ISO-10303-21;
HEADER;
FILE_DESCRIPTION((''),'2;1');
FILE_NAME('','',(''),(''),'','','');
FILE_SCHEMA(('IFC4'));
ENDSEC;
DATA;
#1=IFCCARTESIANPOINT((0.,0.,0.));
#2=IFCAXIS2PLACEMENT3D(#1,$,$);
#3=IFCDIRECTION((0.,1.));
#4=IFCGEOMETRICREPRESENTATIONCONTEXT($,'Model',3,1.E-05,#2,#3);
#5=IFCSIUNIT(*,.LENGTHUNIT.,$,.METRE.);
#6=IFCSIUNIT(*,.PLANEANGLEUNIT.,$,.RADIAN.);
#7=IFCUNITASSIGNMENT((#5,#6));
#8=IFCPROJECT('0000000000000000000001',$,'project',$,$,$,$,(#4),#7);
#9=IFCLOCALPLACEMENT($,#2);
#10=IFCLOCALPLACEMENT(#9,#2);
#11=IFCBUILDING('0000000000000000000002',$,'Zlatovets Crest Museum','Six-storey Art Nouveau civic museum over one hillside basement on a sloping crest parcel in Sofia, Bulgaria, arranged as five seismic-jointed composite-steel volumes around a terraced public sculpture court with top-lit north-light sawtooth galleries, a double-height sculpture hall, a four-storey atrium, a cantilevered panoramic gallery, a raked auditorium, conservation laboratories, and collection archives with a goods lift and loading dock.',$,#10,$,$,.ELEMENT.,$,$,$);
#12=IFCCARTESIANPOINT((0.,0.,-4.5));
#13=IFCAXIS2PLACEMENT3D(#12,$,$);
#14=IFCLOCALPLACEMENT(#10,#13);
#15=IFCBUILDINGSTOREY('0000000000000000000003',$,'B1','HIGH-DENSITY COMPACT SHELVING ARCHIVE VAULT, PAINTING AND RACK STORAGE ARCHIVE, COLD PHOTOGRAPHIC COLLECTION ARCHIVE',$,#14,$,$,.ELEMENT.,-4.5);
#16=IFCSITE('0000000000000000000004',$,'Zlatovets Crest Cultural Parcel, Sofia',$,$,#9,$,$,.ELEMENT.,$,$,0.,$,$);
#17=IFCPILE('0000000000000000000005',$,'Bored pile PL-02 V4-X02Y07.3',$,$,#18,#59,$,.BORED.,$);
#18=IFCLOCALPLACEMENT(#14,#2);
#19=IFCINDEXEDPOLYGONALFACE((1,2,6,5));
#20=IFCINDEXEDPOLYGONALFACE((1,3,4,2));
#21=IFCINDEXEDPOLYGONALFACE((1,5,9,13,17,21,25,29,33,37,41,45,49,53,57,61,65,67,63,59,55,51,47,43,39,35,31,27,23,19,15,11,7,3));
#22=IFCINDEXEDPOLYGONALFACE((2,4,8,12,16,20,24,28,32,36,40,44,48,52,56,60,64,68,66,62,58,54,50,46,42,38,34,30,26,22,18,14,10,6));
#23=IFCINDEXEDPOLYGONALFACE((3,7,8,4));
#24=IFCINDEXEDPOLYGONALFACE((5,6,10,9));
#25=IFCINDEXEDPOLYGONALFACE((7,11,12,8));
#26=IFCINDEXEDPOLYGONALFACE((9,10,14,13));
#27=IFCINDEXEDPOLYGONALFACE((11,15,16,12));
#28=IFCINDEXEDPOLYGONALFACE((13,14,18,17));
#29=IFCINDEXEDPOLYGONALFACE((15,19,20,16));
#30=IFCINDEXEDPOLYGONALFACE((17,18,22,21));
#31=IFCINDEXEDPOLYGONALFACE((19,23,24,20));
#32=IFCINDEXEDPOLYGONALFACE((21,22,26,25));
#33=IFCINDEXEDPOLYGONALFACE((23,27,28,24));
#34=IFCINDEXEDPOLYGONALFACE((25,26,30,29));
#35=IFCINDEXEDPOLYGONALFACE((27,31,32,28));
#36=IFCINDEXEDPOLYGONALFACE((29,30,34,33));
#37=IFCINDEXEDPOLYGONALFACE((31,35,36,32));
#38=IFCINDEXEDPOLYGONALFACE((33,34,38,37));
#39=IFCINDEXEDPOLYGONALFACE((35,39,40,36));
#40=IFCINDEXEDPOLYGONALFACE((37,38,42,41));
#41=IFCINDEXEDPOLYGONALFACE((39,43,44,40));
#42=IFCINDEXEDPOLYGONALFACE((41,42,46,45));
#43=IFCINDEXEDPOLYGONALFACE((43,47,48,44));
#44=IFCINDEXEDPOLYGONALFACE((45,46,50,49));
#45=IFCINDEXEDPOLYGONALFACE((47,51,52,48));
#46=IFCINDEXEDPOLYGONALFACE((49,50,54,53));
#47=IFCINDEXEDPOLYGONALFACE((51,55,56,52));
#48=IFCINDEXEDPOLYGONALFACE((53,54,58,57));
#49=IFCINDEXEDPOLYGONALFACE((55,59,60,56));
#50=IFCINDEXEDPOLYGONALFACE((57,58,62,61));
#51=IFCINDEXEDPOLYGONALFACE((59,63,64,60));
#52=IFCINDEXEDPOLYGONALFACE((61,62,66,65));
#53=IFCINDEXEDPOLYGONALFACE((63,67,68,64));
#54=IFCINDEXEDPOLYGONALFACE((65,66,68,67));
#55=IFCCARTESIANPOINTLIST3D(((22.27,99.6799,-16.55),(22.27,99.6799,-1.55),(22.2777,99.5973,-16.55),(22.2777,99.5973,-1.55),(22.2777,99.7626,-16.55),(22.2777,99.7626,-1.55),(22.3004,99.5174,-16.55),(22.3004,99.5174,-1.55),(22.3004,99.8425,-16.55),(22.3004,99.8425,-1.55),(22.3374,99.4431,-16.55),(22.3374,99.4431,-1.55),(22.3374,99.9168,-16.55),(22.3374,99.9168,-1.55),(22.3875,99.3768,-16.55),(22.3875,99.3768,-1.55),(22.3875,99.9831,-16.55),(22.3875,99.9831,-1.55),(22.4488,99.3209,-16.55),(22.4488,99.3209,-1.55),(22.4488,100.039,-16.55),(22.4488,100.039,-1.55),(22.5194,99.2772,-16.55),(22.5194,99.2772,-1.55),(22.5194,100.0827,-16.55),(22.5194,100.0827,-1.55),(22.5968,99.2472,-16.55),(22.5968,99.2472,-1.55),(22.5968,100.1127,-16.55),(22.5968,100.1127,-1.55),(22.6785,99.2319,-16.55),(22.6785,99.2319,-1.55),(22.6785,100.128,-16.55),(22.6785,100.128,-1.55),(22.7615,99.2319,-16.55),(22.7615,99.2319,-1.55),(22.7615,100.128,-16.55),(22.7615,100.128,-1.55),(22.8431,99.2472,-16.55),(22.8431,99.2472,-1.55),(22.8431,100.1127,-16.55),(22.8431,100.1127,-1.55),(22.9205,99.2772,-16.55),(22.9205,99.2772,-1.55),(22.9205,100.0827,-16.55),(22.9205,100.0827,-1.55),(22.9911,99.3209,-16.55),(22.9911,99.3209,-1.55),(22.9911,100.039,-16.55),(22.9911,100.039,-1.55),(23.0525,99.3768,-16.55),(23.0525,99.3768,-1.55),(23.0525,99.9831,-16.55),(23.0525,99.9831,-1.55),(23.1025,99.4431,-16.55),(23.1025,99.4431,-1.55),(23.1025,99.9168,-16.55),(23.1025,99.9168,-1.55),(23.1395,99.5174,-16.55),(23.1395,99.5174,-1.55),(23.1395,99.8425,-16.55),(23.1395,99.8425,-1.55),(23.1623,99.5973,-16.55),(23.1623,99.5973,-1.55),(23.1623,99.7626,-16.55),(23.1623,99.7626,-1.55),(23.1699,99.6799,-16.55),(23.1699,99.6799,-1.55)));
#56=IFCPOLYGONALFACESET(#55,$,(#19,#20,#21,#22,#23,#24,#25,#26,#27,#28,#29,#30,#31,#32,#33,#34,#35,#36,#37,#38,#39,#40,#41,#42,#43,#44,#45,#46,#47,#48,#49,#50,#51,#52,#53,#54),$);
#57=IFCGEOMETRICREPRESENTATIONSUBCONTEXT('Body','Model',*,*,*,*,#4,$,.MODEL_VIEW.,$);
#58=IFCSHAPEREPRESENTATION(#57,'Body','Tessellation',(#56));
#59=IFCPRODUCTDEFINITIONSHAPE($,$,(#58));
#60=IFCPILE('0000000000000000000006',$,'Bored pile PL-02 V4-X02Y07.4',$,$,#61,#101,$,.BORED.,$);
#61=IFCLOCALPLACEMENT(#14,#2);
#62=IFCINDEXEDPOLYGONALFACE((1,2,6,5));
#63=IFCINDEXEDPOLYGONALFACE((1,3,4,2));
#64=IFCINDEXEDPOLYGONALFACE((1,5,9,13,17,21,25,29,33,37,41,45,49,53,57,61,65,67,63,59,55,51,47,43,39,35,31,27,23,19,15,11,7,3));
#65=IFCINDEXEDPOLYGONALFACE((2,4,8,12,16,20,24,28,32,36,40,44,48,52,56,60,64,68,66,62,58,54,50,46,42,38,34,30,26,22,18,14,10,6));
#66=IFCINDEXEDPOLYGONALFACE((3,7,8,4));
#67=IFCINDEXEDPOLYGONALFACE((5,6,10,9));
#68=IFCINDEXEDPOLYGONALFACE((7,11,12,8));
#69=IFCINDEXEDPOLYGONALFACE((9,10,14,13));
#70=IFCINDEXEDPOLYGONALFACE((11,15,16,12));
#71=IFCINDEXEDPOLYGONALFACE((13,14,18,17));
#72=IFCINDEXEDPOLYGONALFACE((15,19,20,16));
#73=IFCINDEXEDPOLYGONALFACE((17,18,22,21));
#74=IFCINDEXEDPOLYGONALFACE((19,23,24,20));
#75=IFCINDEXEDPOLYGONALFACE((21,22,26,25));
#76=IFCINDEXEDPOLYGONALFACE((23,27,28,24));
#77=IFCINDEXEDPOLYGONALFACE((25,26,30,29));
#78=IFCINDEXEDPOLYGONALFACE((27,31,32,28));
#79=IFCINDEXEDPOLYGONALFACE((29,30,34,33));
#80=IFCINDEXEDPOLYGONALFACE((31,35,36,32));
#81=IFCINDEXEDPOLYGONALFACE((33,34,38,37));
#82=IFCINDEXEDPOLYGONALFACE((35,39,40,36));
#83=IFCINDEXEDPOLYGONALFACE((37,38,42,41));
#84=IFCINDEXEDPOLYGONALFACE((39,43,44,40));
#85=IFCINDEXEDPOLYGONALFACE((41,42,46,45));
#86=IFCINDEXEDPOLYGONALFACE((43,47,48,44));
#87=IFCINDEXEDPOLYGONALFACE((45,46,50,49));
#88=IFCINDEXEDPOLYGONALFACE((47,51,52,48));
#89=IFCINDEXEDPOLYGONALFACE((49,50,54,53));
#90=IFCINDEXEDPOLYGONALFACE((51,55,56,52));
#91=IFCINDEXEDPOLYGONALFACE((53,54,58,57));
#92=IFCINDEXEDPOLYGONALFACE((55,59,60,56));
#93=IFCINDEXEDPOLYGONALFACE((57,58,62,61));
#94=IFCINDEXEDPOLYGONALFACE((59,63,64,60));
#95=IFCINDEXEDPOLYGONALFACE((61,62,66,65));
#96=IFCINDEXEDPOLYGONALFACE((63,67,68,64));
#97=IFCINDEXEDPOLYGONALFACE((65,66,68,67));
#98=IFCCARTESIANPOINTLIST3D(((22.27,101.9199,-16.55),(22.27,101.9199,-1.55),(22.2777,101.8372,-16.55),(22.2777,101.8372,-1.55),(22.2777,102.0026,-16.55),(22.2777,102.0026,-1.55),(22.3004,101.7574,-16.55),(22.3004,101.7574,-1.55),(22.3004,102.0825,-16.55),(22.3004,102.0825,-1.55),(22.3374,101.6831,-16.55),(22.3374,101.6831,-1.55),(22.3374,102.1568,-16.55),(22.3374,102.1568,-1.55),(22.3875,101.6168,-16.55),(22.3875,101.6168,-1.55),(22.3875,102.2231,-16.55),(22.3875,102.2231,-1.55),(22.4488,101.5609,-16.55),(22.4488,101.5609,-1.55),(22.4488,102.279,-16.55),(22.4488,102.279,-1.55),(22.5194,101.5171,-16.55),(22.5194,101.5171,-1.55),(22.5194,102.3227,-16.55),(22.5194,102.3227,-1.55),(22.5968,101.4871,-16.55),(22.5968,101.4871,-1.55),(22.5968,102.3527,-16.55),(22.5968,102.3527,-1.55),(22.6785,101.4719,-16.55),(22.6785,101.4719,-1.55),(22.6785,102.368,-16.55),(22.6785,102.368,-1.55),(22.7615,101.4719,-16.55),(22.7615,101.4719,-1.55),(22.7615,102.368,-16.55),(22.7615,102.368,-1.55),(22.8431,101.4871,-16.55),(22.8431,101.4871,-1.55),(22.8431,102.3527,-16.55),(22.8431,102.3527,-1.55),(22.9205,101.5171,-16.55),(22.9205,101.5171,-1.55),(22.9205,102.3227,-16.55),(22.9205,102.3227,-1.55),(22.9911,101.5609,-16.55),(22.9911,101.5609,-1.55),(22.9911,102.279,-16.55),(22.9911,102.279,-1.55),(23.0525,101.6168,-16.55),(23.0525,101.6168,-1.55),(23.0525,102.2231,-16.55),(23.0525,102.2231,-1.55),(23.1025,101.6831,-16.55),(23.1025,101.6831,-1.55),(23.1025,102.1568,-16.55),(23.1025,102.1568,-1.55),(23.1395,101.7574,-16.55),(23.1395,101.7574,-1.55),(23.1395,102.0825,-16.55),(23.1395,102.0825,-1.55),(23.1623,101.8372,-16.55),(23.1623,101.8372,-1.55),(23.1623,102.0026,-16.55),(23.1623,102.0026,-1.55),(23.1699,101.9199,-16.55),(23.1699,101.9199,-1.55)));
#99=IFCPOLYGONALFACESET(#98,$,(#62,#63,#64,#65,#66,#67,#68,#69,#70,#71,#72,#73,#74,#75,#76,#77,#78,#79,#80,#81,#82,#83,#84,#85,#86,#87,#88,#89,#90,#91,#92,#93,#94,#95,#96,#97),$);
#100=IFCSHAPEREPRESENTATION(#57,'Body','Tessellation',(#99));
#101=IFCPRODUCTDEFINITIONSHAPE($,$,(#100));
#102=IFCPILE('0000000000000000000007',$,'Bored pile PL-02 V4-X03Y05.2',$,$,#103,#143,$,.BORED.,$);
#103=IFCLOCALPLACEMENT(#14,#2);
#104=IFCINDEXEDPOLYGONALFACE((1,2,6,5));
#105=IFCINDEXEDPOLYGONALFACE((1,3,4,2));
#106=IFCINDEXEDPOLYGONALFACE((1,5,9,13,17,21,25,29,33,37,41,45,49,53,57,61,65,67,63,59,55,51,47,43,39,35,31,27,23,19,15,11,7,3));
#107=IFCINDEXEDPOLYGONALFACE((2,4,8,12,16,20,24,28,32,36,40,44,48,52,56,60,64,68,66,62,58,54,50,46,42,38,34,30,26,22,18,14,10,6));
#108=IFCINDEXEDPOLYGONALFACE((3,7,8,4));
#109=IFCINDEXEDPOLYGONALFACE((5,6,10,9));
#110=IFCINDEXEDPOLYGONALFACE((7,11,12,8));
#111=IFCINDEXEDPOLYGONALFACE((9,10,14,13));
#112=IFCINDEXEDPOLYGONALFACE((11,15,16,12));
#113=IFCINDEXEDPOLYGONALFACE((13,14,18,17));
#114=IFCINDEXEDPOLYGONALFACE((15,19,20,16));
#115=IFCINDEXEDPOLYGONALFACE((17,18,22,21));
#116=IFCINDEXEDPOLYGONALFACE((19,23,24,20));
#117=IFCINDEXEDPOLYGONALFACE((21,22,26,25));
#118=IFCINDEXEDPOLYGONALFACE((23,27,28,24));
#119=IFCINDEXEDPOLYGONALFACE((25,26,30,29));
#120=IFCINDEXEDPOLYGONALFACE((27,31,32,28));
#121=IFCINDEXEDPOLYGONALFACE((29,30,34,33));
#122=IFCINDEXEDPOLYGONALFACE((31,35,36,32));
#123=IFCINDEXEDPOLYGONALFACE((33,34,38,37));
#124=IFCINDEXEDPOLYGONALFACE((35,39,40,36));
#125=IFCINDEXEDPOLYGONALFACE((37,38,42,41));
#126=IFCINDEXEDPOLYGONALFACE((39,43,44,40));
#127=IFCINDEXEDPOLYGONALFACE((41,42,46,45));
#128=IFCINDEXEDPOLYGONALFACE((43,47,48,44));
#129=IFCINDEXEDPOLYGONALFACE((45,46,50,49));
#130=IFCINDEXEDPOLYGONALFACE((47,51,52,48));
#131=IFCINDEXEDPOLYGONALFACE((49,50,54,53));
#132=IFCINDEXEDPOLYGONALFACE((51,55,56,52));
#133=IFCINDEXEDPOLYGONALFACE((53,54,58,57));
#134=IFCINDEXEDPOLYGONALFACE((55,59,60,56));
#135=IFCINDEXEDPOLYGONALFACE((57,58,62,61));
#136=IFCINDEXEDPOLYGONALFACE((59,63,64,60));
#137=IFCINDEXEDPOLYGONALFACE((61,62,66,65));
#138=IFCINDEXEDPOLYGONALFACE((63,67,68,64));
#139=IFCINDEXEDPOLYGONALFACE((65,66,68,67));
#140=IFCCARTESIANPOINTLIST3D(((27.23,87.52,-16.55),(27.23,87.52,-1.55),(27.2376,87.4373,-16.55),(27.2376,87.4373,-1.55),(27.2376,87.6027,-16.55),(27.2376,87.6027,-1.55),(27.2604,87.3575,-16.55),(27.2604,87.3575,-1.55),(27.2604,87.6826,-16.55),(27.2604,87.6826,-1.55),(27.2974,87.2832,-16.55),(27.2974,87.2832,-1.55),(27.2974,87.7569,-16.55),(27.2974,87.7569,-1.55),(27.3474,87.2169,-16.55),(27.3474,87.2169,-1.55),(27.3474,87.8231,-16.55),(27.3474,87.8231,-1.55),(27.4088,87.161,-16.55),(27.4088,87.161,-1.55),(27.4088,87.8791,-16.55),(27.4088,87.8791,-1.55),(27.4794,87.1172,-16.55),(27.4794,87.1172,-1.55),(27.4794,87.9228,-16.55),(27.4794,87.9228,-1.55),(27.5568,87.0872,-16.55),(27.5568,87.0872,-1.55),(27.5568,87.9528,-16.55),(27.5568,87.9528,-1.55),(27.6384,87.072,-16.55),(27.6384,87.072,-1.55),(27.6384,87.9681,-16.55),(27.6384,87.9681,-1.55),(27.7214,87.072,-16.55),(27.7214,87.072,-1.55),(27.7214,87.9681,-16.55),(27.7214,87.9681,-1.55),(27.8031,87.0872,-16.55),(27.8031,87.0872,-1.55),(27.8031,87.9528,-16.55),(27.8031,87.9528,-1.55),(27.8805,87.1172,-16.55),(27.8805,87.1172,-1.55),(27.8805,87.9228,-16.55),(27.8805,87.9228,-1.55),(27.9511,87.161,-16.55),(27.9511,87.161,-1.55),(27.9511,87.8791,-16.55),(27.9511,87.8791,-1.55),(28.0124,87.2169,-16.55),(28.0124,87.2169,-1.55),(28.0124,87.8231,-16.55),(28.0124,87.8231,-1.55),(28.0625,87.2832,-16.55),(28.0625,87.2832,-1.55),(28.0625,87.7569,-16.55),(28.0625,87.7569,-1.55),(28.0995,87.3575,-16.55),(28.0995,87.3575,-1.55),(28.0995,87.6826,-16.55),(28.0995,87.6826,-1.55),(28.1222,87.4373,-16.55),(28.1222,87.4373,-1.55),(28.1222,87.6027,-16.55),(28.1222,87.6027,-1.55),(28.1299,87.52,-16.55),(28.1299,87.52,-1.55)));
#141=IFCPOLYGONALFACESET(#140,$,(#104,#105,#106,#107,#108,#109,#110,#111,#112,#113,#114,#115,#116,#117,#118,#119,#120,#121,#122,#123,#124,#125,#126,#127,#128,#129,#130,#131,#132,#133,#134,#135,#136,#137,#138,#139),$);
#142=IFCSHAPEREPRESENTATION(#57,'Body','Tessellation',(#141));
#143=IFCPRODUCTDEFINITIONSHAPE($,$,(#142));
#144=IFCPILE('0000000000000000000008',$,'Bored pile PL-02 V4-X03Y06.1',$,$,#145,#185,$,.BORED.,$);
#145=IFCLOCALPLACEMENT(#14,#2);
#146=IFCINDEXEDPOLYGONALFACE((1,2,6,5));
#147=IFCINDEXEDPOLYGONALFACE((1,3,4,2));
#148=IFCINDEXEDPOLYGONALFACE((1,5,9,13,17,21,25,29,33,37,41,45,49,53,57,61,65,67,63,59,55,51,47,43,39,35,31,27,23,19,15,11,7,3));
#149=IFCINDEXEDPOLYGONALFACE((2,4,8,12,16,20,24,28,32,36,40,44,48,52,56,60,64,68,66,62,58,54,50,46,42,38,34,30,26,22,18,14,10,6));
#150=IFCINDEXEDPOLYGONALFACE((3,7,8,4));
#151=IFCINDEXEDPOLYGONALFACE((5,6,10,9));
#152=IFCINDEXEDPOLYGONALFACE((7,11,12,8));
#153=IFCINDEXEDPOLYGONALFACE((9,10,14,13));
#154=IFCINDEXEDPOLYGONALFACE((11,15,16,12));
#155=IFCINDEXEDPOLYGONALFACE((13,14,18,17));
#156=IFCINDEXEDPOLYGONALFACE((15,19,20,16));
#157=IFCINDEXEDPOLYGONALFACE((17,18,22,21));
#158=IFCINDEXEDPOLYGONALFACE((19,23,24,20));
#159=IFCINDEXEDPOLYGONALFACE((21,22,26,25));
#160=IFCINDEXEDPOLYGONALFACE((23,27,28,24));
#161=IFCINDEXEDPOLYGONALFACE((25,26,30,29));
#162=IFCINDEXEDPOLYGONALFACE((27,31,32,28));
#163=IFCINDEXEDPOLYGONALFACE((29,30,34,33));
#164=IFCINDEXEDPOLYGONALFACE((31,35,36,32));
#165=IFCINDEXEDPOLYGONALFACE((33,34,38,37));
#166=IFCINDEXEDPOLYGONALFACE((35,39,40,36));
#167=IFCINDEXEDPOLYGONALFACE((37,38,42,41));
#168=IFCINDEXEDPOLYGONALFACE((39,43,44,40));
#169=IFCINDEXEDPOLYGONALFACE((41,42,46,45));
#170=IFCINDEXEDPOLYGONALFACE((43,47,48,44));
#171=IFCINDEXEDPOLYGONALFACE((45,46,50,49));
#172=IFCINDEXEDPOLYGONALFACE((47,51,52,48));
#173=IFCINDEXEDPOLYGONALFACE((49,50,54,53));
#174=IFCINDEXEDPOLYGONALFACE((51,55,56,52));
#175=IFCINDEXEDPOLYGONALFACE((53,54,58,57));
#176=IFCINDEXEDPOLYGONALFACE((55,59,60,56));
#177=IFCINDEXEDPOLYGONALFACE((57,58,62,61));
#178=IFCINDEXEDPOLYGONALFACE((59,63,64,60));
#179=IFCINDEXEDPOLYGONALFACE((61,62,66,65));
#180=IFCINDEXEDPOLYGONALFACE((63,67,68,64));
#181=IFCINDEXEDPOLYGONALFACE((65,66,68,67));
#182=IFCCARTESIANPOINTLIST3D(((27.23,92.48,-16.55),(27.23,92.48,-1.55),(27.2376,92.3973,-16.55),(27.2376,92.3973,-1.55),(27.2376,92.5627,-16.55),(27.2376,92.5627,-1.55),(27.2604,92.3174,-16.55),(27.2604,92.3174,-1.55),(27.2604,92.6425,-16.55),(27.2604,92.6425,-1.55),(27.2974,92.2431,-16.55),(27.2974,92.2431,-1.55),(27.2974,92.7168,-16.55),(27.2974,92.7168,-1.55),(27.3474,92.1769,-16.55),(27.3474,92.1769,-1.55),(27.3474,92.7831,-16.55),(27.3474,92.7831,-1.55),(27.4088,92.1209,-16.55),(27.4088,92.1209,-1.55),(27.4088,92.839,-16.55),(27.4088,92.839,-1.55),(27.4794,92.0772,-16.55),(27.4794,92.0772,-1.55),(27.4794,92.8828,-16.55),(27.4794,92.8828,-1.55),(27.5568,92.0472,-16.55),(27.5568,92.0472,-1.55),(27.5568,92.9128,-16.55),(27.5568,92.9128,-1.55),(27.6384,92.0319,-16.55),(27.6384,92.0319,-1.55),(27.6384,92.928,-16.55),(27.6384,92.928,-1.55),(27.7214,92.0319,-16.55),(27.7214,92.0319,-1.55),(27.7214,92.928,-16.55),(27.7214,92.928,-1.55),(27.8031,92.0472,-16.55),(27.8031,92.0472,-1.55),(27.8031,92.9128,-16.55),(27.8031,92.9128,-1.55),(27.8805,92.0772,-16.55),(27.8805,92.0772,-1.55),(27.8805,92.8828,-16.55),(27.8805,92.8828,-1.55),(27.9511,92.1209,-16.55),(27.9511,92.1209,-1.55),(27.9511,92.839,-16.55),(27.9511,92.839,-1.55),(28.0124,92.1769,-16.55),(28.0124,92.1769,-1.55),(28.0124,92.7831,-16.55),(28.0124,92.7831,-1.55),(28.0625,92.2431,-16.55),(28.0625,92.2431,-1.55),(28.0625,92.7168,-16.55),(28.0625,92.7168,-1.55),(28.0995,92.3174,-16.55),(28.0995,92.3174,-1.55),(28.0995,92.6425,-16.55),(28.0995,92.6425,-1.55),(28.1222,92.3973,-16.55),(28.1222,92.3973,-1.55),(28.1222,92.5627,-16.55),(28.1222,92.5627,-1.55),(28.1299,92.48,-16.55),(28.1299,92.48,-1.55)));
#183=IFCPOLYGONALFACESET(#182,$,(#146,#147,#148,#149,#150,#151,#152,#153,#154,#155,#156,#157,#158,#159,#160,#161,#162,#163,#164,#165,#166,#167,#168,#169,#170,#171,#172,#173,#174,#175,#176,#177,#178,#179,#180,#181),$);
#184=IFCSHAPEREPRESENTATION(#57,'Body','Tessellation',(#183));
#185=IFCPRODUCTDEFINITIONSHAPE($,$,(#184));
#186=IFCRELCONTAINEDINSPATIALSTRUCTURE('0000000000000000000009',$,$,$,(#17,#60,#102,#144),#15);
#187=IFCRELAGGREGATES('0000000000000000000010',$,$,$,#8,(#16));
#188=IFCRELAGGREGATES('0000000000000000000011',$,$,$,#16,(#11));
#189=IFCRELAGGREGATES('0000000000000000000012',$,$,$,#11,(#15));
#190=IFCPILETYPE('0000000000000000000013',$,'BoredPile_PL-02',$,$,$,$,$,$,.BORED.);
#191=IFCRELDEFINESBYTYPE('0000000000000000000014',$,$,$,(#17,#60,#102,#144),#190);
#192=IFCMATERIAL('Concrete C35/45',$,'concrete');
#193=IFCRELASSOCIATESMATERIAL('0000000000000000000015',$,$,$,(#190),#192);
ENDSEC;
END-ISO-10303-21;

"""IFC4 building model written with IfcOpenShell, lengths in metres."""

from ifc_helpers import new_model, si_unit, direction, frame, origin, origin_2d, place, context, subcontext, project, spatial, circle, extrude, material, material_profile, profile_set, type_object, element, save


model = new_model("IFC4")

# Units and contexts
model_context = context("Model", 3, precision=1e-05, world=origin(), true_north=direction((0.0, 1.0)))
body_context = subcontext(model_context, "Body", "Model", "MODEL_VIEW")
ifc_project = project(units=[si_unit("LENGTHUNIT", "METRE"), si_unit("PLANEANGLEUNIT", "RADIAN")], contexts=[model_context])

# Site, building, storey
site_placement = place(None, origin())
site = spatial("IfcSite", under=ifc_project, at=site_placement, Name="Zlatovets Crest Cultural Parcel, Sofia", CompositionType="ELEMENT", RefElevation=0.0)
building_placement = place(site_placement, origin())
building = spatial("IfcBuilding", under=site, at=building_placement, Name="Zlatovets Crest Museum", Description="Six-storey Art Nouveau civic museum over one hillside basement on a sloping crest parcel in Sofia, Bulgaria, arranged as five seismic-jointed composite-steel volumes around a terraced public sculpture court with top-lit north-light sawtooth galleries, a double-height sculpture hall, a four-storey atrium, a cantilevered panoramic gallery, a raked auditorium, conservation laboratories, and collection archives with a goods lift and loading dock.", CompositionType="ELEMENT")
storey_placement = place(building_placement, frame((0.0, 0.0, -4.5)))
storey = spatial("IfcBuildingStorey", under=building, at=storey_placement, Name="B1", Description="HIGH-DENSITY COMPACT SHELVING ARCHIVE VAULT, PAINTING AND RACK STORAGE ARCHIVE, COLD PHOTOGRAPHIC COLLECTION ARCHIVE", CompositionType="ELEMENT", Elevation=-4.5)

# Piles
ifc_material = material(Name="Concrete C35/45", Category="concrete")
ifc_material_profile_1 = material_profile(ifc_material, circle(Radius=0.45, at=origin_2d()), Name="PILE D900")
ifc_profile_set_1 = profile_set([ifc_material_profile_1], Name="Concrete C35/45")
pile_type = type_object("IfcPileType", Name="BoredPile_PL-02", PredefinedType="BORED", material=ifc_profile_set_1)
for number, where, z_axis, x_axis, name in (
    (1, (22.72, 99.6799, -1.55), (0.0, 0.0, -1.0), (1.0, 0.0, 0.0), "Bored pile PL-02 V4-X02Y07.3"),
    (2, (22.72, 101.9199, -1.55), (0.0, 0.0, -1.0), (1.0, 0.0, 0.0), "Bored pile PL-02 V4-X02Y07.4"),
    (3, (27.6799, 87.52, -1.55), (0.0, 0.0, -1.0), (1.0, 0.0, 0.0), "Bored pile PL-02 V4-X03Y05.2"),
    (4, (27.6799, 92.48, -1.55), (0.0, 0.0, -1.0), (1.0, 0.0, 0.0), "Bored pile PL-02 V4-X03Y06.1"),
):
    element("IfcPile", number, at=place(storey_placement, frame(where, z_axis=z_axis, x_axis=x_axis)), inside=storey, type_object=pile_type, Name=name, PredefinedType="BORED", context=body_context, shape_type="SweptSolid", body=[
        extrude(circle(Radius=0.45, at=origin_2d()), origin(), (0.0, 0.0, 1.0), 15.0),
    ])

save(model, "model.ifc")
